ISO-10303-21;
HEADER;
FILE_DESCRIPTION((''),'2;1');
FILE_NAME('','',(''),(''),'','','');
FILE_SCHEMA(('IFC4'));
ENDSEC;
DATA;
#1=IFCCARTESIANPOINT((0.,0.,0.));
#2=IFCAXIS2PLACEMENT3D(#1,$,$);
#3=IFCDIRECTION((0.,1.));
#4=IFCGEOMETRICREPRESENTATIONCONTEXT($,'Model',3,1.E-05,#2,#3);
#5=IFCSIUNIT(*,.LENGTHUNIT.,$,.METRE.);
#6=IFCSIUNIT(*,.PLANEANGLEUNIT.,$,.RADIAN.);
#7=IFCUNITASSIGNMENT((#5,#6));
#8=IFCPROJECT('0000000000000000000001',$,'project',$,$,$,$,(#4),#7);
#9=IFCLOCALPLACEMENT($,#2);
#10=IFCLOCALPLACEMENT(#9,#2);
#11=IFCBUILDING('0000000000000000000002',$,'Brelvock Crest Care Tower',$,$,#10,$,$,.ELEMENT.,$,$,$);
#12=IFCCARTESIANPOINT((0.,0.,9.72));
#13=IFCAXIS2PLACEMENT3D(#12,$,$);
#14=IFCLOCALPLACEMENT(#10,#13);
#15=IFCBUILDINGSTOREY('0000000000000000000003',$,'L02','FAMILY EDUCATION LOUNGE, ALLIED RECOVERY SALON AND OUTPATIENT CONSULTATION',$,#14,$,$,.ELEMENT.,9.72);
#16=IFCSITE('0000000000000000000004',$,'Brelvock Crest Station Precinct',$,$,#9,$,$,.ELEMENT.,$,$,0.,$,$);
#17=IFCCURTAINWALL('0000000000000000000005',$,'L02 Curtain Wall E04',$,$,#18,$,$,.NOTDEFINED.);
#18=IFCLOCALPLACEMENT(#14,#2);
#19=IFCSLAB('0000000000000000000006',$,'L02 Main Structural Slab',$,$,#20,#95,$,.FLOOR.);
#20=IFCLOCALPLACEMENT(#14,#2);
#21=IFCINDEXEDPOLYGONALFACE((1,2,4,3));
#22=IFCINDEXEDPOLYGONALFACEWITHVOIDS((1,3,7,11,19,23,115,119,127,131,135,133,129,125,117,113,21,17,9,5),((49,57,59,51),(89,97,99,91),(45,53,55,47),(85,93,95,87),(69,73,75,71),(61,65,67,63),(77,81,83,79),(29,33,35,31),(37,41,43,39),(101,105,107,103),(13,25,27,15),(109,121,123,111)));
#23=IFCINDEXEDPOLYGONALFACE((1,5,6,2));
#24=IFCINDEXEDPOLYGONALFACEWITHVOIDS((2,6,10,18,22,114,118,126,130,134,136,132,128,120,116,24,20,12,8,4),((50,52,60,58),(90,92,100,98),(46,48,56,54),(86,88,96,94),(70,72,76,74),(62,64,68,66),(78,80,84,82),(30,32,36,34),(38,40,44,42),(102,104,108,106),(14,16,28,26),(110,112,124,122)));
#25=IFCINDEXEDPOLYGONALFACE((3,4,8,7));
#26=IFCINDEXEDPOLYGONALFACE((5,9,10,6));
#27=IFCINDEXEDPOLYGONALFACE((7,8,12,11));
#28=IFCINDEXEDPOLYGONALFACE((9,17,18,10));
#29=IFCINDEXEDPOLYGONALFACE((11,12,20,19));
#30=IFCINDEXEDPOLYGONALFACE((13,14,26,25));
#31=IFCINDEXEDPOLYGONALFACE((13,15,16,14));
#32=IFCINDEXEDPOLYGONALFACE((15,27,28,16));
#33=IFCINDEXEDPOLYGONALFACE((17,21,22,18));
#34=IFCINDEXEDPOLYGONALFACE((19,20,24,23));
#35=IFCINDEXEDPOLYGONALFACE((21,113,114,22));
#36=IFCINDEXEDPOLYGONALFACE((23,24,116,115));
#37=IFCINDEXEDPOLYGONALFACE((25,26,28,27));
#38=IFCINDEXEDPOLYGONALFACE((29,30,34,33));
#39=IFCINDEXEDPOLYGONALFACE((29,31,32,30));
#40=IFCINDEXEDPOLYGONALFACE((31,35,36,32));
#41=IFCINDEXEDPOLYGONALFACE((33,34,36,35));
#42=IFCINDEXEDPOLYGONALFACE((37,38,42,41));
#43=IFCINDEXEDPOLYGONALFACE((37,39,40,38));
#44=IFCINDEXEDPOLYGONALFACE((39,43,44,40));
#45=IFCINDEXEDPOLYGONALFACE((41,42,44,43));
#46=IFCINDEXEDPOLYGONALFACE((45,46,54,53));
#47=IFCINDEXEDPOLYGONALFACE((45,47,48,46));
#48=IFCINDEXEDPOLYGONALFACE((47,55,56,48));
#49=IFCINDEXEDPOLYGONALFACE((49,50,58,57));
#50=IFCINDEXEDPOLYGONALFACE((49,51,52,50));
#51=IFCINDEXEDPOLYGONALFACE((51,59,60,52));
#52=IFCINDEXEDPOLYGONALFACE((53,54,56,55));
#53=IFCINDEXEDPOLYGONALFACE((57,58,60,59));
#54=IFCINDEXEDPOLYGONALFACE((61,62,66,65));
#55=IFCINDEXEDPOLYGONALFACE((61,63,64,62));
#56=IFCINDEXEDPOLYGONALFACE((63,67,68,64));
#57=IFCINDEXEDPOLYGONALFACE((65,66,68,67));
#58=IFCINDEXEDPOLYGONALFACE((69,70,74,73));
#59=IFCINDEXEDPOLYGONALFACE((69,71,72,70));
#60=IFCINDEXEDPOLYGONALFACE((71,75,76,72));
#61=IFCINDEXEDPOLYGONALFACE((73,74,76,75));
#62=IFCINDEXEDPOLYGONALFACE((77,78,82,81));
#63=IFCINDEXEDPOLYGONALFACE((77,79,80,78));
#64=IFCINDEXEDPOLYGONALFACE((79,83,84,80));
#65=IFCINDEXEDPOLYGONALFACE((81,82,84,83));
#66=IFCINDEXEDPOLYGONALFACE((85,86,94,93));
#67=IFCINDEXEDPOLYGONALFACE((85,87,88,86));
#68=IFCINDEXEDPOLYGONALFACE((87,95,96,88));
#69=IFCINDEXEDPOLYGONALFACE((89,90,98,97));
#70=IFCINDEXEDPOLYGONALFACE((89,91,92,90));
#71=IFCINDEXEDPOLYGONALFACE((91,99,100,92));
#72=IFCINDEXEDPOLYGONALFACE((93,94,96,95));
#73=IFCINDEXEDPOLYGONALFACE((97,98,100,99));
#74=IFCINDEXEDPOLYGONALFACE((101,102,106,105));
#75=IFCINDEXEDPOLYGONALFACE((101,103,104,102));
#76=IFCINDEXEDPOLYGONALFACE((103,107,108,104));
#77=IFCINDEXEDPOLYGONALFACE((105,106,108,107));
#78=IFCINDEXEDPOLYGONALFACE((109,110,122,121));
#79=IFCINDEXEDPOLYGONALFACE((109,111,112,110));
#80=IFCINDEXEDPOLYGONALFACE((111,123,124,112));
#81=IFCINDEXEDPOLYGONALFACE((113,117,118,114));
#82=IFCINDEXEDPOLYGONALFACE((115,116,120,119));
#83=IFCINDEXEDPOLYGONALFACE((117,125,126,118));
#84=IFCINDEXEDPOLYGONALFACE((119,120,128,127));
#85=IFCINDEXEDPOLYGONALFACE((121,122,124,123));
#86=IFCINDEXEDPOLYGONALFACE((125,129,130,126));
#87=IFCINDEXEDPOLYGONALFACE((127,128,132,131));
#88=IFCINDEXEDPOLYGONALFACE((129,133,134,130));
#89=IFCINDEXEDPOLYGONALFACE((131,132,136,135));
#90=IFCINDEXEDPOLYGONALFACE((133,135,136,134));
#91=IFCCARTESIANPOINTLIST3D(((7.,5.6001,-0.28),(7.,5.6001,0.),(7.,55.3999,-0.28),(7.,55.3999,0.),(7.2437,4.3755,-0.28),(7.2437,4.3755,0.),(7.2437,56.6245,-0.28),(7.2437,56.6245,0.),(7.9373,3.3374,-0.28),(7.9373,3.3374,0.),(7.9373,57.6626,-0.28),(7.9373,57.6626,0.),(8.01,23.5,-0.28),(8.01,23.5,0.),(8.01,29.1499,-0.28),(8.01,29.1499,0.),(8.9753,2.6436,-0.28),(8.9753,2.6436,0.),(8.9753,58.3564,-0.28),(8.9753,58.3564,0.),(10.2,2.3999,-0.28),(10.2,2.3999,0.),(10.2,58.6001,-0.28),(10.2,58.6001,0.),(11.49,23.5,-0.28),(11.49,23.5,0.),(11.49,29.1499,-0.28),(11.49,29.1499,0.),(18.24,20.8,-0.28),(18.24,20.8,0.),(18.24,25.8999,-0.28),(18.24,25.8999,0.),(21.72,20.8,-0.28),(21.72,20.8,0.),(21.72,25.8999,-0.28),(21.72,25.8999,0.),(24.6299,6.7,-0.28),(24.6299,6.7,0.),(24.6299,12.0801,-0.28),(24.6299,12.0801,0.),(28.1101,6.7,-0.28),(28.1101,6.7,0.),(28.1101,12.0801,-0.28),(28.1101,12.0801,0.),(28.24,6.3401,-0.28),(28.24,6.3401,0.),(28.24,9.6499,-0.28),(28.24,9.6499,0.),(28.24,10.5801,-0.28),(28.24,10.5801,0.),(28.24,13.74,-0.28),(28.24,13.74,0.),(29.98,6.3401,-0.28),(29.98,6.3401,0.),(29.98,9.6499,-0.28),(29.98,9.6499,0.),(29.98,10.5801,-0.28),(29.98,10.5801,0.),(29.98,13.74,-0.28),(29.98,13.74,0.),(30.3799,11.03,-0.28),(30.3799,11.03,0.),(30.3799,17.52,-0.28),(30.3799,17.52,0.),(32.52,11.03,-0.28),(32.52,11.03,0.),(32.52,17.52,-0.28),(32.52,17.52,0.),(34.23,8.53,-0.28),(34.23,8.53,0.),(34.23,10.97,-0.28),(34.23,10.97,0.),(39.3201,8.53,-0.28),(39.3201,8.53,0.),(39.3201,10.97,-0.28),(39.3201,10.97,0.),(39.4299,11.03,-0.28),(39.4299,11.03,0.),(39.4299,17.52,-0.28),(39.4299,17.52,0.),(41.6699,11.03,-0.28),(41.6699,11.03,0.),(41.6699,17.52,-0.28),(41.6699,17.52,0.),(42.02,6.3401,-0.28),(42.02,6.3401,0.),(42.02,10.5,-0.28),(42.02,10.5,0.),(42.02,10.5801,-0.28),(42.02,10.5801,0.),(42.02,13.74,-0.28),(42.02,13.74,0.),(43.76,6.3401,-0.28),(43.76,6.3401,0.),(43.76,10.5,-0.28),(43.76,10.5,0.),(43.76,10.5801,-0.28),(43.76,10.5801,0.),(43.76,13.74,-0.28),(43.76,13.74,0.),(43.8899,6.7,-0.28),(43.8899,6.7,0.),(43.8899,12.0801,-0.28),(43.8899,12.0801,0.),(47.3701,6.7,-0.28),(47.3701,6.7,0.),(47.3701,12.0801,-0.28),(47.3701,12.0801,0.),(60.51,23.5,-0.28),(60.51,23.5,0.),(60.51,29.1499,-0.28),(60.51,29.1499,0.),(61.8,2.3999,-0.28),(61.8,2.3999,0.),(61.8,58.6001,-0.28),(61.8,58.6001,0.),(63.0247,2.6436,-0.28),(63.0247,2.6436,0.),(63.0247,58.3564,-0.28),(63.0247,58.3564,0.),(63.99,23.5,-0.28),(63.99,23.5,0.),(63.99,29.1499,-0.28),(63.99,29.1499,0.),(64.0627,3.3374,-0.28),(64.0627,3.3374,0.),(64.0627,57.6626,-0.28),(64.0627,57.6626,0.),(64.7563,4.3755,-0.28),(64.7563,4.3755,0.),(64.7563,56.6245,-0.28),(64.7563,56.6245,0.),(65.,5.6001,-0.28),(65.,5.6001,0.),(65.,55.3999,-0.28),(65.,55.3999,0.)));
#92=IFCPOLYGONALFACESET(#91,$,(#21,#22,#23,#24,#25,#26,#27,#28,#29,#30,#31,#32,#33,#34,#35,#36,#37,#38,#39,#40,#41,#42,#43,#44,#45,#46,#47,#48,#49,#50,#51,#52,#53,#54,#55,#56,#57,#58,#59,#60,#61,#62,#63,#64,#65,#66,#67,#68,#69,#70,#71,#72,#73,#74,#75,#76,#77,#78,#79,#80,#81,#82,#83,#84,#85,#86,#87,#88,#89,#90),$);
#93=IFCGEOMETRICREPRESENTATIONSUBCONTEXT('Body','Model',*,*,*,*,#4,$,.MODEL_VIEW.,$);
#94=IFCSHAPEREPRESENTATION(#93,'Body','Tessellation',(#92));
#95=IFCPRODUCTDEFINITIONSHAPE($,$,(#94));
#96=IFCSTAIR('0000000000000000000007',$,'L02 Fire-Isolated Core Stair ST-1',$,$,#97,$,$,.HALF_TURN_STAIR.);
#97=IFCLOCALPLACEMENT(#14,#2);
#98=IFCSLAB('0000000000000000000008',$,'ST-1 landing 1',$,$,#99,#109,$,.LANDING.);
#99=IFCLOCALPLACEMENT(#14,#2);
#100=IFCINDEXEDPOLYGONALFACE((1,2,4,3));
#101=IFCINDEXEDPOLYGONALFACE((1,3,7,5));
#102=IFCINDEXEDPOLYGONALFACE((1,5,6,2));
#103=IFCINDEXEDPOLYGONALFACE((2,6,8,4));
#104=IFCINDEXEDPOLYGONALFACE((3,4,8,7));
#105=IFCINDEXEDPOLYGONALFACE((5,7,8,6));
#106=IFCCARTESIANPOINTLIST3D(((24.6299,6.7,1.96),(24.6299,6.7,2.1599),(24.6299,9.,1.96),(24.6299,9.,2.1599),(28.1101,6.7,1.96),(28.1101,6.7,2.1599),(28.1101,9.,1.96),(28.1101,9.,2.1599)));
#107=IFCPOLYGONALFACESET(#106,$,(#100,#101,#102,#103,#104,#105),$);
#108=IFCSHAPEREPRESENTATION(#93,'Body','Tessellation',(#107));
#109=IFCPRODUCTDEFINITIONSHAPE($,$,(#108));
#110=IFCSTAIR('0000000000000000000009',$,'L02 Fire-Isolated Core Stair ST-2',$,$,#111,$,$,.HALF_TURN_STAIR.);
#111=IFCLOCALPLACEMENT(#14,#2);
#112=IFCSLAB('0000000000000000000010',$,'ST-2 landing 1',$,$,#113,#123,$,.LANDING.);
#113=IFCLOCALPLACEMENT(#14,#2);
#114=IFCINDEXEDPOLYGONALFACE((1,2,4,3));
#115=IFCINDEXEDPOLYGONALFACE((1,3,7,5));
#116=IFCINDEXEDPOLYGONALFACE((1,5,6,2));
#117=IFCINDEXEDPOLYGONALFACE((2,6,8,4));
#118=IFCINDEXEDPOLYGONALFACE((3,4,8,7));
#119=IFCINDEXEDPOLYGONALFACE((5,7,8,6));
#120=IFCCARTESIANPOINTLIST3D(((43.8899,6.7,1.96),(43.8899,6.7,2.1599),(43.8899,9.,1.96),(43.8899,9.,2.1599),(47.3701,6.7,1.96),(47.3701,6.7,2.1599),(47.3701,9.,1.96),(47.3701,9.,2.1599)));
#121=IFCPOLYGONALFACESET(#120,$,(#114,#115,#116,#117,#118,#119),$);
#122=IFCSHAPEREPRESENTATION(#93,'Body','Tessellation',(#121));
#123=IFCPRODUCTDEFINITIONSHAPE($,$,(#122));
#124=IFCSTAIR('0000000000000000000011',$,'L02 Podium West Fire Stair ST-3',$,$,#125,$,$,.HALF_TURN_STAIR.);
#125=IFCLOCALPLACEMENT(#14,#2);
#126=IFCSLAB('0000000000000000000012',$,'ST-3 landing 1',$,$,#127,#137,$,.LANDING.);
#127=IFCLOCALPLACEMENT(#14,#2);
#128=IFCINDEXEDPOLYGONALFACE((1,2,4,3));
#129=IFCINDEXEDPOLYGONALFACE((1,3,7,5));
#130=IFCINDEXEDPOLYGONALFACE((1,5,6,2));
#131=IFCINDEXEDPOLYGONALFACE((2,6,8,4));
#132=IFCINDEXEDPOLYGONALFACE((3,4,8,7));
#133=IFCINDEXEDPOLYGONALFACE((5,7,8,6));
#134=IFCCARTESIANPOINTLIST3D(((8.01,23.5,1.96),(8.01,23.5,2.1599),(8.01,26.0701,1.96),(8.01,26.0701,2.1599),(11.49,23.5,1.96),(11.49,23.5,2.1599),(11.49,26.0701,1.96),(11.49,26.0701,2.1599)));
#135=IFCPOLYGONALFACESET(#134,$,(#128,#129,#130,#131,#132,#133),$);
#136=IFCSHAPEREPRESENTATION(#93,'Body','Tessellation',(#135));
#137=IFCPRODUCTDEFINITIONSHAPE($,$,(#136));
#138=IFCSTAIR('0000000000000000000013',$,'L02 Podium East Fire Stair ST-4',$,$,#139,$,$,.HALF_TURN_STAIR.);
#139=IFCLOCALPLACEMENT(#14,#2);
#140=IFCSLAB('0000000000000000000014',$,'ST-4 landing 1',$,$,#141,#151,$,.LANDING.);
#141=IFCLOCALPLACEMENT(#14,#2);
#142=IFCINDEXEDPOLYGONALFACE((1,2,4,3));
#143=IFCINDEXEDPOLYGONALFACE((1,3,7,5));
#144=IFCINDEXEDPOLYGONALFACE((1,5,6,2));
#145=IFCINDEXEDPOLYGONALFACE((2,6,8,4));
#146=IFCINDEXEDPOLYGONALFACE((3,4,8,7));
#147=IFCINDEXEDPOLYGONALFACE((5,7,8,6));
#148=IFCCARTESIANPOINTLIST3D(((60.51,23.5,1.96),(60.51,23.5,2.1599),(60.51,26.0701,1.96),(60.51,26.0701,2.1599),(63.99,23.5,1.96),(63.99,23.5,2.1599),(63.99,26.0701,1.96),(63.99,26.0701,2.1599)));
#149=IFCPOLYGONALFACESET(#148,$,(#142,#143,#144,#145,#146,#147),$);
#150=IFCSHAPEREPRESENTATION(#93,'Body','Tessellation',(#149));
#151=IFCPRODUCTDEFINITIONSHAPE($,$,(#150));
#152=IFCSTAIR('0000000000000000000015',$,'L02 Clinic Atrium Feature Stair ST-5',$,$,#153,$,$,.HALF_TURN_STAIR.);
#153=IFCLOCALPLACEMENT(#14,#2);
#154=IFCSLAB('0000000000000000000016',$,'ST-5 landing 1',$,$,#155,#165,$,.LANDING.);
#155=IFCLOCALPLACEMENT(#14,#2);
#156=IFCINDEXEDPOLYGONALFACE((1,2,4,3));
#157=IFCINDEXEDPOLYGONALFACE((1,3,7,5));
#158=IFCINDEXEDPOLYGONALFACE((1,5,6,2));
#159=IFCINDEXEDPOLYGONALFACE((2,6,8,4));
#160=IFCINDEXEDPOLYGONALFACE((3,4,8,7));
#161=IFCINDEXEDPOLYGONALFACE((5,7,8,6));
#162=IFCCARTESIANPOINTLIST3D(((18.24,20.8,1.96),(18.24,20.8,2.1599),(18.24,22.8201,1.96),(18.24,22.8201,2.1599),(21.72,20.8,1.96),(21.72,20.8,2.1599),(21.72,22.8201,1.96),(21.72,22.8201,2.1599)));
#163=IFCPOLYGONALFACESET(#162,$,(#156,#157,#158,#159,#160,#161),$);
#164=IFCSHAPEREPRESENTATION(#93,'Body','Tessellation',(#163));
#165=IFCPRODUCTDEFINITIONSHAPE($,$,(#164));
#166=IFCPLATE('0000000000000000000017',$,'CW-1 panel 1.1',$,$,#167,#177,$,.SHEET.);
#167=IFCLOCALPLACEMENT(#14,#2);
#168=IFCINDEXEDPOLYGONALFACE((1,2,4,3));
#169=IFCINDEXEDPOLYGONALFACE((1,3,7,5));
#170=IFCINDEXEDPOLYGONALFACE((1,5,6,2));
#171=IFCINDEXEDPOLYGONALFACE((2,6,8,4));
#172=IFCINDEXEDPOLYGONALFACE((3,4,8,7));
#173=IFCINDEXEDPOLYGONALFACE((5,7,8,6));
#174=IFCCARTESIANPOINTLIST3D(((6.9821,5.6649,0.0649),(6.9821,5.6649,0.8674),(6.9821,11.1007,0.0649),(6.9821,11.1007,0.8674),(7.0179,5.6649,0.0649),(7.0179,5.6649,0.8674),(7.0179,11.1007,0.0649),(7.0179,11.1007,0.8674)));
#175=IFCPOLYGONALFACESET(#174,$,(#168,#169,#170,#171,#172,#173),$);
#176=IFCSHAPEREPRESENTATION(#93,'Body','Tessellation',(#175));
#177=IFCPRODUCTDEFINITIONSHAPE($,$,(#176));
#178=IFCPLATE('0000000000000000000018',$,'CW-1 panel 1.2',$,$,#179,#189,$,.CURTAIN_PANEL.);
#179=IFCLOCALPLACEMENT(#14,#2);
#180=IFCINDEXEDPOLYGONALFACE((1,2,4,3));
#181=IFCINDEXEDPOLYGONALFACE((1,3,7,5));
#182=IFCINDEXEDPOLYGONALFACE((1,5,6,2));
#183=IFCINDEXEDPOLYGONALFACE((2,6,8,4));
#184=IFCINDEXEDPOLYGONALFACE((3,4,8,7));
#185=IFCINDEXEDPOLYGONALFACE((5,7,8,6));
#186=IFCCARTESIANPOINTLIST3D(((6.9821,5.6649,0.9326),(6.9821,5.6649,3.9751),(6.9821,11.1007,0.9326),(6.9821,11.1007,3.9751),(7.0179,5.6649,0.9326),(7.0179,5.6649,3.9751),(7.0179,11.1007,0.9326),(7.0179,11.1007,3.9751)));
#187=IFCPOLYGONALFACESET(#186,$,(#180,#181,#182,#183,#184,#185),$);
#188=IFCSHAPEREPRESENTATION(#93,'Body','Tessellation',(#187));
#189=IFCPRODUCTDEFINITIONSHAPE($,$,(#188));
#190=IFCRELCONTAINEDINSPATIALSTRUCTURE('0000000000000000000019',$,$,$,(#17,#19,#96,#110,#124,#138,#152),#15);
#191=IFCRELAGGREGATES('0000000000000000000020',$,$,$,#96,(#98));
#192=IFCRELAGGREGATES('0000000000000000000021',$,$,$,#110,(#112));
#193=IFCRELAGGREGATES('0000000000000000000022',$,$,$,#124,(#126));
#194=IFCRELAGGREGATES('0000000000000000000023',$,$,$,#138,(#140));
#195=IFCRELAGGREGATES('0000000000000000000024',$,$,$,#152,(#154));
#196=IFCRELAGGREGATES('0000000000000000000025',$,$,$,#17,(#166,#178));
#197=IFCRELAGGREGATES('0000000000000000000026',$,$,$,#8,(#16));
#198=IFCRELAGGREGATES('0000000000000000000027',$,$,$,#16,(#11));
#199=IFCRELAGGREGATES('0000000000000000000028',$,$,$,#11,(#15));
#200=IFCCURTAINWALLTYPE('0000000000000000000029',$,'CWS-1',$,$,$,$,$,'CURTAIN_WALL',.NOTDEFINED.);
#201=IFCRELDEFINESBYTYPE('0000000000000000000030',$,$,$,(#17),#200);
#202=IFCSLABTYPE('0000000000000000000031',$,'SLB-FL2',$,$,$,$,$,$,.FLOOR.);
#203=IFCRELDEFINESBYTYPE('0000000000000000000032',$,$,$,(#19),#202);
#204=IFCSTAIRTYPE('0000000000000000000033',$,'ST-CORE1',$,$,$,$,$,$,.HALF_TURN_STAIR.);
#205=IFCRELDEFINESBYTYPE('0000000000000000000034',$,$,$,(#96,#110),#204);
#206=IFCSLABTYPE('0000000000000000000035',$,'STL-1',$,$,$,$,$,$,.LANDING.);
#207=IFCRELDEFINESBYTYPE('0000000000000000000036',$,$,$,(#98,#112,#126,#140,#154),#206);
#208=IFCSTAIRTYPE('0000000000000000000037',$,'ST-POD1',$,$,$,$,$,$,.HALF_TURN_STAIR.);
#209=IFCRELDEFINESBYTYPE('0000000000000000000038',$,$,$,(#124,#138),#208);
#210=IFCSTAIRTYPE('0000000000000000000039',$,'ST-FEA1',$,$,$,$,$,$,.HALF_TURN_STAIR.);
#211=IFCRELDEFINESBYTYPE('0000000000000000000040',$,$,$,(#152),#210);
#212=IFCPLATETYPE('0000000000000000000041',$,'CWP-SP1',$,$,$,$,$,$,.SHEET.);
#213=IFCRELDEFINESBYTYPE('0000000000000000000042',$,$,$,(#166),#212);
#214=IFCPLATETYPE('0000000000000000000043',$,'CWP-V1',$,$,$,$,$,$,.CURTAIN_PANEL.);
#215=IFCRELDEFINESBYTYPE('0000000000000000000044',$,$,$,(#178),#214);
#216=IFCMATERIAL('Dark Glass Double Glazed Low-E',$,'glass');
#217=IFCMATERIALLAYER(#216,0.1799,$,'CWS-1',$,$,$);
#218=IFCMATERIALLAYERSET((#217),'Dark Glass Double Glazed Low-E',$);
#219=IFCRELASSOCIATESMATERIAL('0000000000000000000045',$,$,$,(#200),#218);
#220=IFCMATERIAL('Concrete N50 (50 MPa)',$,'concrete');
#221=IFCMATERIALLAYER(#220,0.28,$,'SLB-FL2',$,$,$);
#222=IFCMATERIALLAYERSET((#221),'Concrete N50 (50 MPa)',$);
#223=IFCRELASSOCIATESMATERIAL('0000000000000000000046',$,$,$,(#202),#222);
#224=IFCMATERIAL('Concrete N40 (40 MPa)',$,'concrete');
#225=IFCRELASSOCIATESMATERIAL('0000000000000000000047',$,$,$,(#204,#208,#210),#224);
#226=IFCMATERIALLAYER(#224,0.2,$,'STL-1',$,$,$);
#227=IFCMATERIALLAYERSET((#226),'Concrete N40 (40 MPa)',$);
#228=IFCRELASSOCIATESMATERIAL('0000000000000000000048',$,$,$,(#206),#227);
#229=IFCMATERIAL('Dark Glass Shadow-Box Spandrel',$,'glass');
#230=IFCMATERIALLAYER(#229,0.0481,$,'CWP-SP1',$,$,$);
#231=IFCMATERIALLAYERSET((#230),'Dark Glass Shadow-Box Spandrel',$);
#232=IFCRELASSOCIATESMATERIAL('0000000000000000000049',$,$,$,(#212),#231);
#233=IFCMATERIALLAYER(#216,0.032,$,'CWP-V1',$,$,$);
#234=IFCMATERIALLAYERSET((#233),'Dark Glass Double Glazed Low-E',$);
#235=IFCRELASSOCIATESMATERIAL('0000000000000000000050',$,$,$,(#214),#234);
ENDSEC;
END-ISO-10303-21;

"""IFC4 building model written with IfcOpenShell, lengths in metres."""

from ifc_helpers import new_model, si_unit, direction, frame, origin, origin_2d, place, context, subcontext, project, spatial, polyline, rectangle, outline, extrude, source, transform, mapped, material, layer, layer_set, type_object, element, aggregate, save


model = new_model("IFC4")

# Units and contexts
model_context = context("Model", 3, precision=1e-05, world=origin(), true_north=direction((0.0, 1.0)))
body_context = subcontext(model_context, "Body", "Model", "MODEL_VIEW")
ifc_project = project(units=[si_unit("LENGTHUNIT", "METRE"), si_unit("PLANEANGLEUNIT", "RADIAN")], contexts=[model_context])

# Site, building, storey
site_placement = place(None, origin())
site = spatial("IfcSite", under=ifc_project, at=site_placement, Name="Brelvock Crest Station Precinct", CompositionType="ELEMENT", RefElevation=0.0)
building_placement = place(site_placement, origin())
building = spatial("IfcBuilding", under=site, at=building_placement, Name="Brelvock Crest Care Tower", CompositionType="ELEMENT")
storey_placement = place(building_placement, frame((0.0, 0.0, 9.72)))
storey = spatial("IfcBuildingStorey", under=building, at=storey_placement, Name="L02", Description="FAMILY EDUCATION LOUNGE, ALLIED RECOVERY SALON AND OUTPATIENT CONSULTATION", CompositionType="ELEMENT", Elevation=9.72)

# Curtain wall
ifc_material_1 = material(Name="Dark Glass Double Glazed Low-E", Category="glass")
ifc_layer_1 = layer(ifc_material_1, 0.1799, Name="CWS-1")
ifc_layer_set_1 = layer_set([ifc_layer_1], Name="Dark Glass Double Glazed Low-E")
curtain_wall_type = type_object("IfcCurtainWallType", Name="CWS-1", ElementType="CURTAIN_WALL", PredefinedType="NOTDEFINED", material=ifc_layer_set_1)
curtain_wall_1_placement = place(storey_placement, origin())
curtain_wall_1 = element("IfcCurtainWall", 1, at=curtain_wall_1_placement, inside=storey, type_object=curtain_wall_type, Name="L02 Curtain Wall E04", PredefinedType="NOTDEFINED")

# Slab
ifc_material_2 = material(Name="Concrete N50 (50 MPa)", Category="concrete")
ifc_layer_2 = layer(ifc_material_2, 0.28, Name="SLB-FL2")
ifc_layer_set_2 = layer_set([ifc_layer_2], Name="Concrete N50 (50 MPa)")
slab_type_1 = type_object("IfcSlabType", Name="SLB-FL2", PredefinedType="FLOOR", material=ifc_layer_set_2)
slab_1_placement = place(storey_placement, frame((0.0, 0.0, -0.28)))
element("IfcSlab", 2, at=slab_1_placement, inside=storey, type_object=slab_type_1, Name="L02 Main Structural Slab", PredefinedType="FLOOR", context=body_context, shape_type="SweptSolid", body=[
    extrude(outline(polyline([(61.8, 2.3999), (63.0247, 2.6436), (64.0627, 3.3374), (64.7563, 4.3755), (65.0, 5.6001), (65.0, 55.3999), (64.7563, 56.6245), (64.0627, 57.6626), (63.0247, 58.3564), (61.8, 58.6001), (10.2, 58.6001), (8.9753, 58.3564), (7.9373, 57.6626), (7.2437, 56.6245), (7.0, 55.3999), (7.0, 5.6001), (7.2437, 4.3755), (7.9373, 3.3374), (8.9753, 2.6436), (10.2, 2.3999), (61.8, 2.3999)]), holes=[polyline([(28.24, 10.5801), (29.98, 10.5801), (29.98, 13.74), (28.24, 13.74), (28.24, 10.5801)]), polyline([(42.02, 10.5801), (43.76, 10.5801), (43.76, 13.74), (42.02, 13.74), (42.02, 10.5801)]), polyline([(28.24, 6.3401), (29.98, 6.3401), (29.98, 9.6499), (28.24, 9.6499), (28.24, 6.3401)]), polyline([(24.6299, 12.0801), (24.6299, 6.7), (28.1101, 6.7), (28.1101, 12.0801), (24.6299, 12.0801)]), polyline([(43.8899, 12.0801), (43.8899, 6.7), (47.3701, 6.7), (47.3701, 12.0801), (43.8899, 12.0801)]), polyline([(8.01, 29.1499), (8.01, 23.5), (11.49, 23.5), (11.49, 29.1499), (8.01, 29.1499)]), polyline([(60.51, 29.1499), (60.51, 23.5), (63.99, 23.5), (63.99, 29.1499), (60.51, 29.1499)]), polyline([(18.24, 25.8999), (18.24, 20.8), (21.72, 20.8), (21.72, 25.8999), (18.24, 25.8999)]), polyline([(42.02, 6.3401), (43.76, 6.3401), (43.76, 10.5), (42.02, 10.5), (42.02, 6.3401)]), polyline([(30.3799, 11.03), (32.52, 11.03), (32.52, 17.52), (30.3799, 17.52), (30.3799, 11.03)]), polyline([(34.23, 8.53), (39.3201, 8.53), (39.3201, 10.97), (34.23, 10.97), (34.23, 8.53)]), polyline([(39.4299, 11.03), (41.6699, 11.03), (41.6699, 17.52), (39.4299, 17.52), (39.4299, 11.03)])]), origin(), (0.0, 0.0, 1.0), 0.28),
])

# Stairs, slabs
ifc_material_3 = material(Name="Concrete N40 (40 MPa)", Category="concrete")
stair_type_1 = type_object("IfcStairType", Name="ST-CORE1", PredefinedType="HALF_TURN_STAIR", material=ifc_material_3)
stair_1_placement = place(storey_placement, origin())
stair_1 = element("IfcStair", 3, at=stair_1_placement, inside=storey, type_object=stair_type_1, Name="L02 Fire-Isolated Core Stair ST-1", PredefinedType="HALF_TURN_STAIR")
ifc_layer_3 = layer(ifc_material_3, 0.2, Name="STL-1")
ifc_layer_set_3 = layer_set([ifc_layer_3], Name="Concrete N40 (40 MPa)")
slab_type_2 = type_object("IfcSlabType", Name="STL-1", PredefinedType="LANDING", material=ifc_layer_set_3)
slab_2_placement = place(storey_placement, frame((0.0, 0.0, 1.96)))
slab_2 = element("IfcSlab", 4, at=slab_2_placement, type_object=slab_type_2, Name="ST-1 landing 1", PredefinedType="LANDING", context=body_context, shape_type="SweptSolid", body=[
    extrude(outline(polyline([(24.6299, 9.0), (24.6299, 6.7), (28.1101, 6.7), (28.1101, 9.0), (24.6299, 9.0)])), origin(), (0.0, 0.0, 1.0), 0.2),
])
aggregate(stair_1, [slab_2])
stair_2_placement = place(storey_placement, origin())
stair_2 = element("IfcStair", 5, at=stair_2_placement, inside=storey, type_object=stair_type_1, Name="L02 Fire-Isolated Core Stair ST-2", PredefinedType="HALF_TURN_STAIR")
slab_3_placement = place(storey_placement, frame((0.0, 0.0, 1.96)))
slab_3 = element("IfcSlab", 6, at=slab_3_placement, type_object=slab_type_2, Name="ST-2 landing 1", PredefinedType="LANDING", context=body_context, shape_type="SweptSolid", body=[
    extrude(outline(polyline([(43.8899, 9.0), (43.8899, 6.7), (47.3701, 6.7), (47.3701, 9.0), (43.8899, 9.0)])), origin(), (0.0, 0.0, 1.0), 0.2),
])
aggregate(stair_2, [slab_3])
stair_type_2 = type_object("IfcStairType", Name="ST-POD1", PredefinedType="HALF_TURN_STAIR", material=ifc_material_3)
stair_3_placement = place(storey_placement, origin())
stair_3 = element("IfcStair", 7, at=stair_3_placement, inside=storey, type_object=stair_type_2, Name="L02 Podium West Fire Stair ST-3", PredefinedType="HALF_TURN_STAIR")
slab_4_placement = place(storey_placement, frame((0.0, 0.0, 1.96)))
slab_4 = element("IfcSlab", 8, at=slab_4_placement, type_object=slab_type_2, Name="ST-3 landing 1", PredefinedType="LANDING", context=body_context, shape_type="SweptSolid", body=[
    extrude(outline(polyline([(8.01, 26.0701), (8.01, 23.5), (11.49, 23.5), (11.49, 26.0701), (8.01, 26.0701)])), origin(), (0.0, 0.0, 1.0), 0.2),
])
aggregate(stair_3, [slab_4])
stair_4_placement = place(storey_placement, origin())
stair_4 = element("IfcStair", 9, at=stair_4_placement, inside=storey, type_object=stair_type_2, Name="L02 Podium East Fire Stair ST-4", PredefinedType="HALF_TURN_STAIR")
slab_5_placement = place(storey_placement, frame((0.0, 0.0, 1.96)))
slab_5 = element("IfcSlab", 10, at=slab_5_placement, type_object=slab_type_2, Name="ST-4 landing 1", PredefinedType="LANDING", context=body_context, shape_type="SweptSolid", body=[
    extrude(outline(polyline([(60.51, 26.0701), (60.51, 23.5), (63.99, 23.5), (63.99, 26.0701), (60.51, 26.0701)])), origin(), (0.0, 0.0, 1.0), 0.2),
])
aggregate(stair_4, [slab_5])
stair_type_3 = type_object("IfcStairType", Name="ST-FEA1", PredefinedType="HALF_TURN_STAIR", material=ifc_material_3)
stair_5_placement = place(storey_placement, origin())
stair_5 = element("IfcStair", 11, at=stair_5_placement, inside=storey, type_object=stair_type_3, Name="L02 Clinic Atrium Feature Stair ST-5", PredefinedType="HALF_TURN_STAIR")
slab_6_placement = place(storey_placement, frame((0.0, 0.0, 1.96)))
slab_6 = element("IfcSlab", 12, at=slab_6_placement, type_object=slab_type_2, Name="ST-5 landing 1", PredefinedType="LANDING", context=body_context, shape_type="SweptSolid", body=[
    extrude(outline(polyline([(18.24, 22.8201), (18.24, 20.8), (21.72, 20.8), (21.72, 22.8201), (18.24, 22.8201)])), origin(), (0.0, 0.0, 1.0), 0.2),
])
aggregate(stair_5, [slab_6])

# Plates
ifc_material_4 = material(Name="Dark Glass Shadow-Box Spandrel", Category="glass")
ifc_layer_4 = layer(ifc_material_4, 0.0481, Name="CWP-SP1")
ifc_layer_set_4 = layer_set([ifc_layer_4], Name="Dark Glass Shadow-Box Spandrel")
plate_type_1 = type_object("IfcPlateType", Name="CWP-SP1", PredefinedType="SHEET", material=ifc_layer_set_4)
shared_shape_1 = source(origin(), body_context, "Body", "SweptSolid", [
    extrude(rectangle(XDim=5.4358, YDim=0.0359, at=origin_2d()), origin(), (0.0, 0.0, 1.0), 0.8025),
])
plate_1_placement = place(storey_placement, frame((7.0, 8.3828, 0.0649), z_axis=(0.0, 0.0, 1.0), x_axis=(0.0, 1.0, 0.0)))
plate_1 = element("IfcPlate", 13, at=plate_1_placement, type_object=plate_type_1, Name="CW-1 panel 1.1", PredefinedType="SHEET", context=body_context, shape_type="MappedRepresentation", body=[
    mapped(shared_shape_1, transform((0.0, 0.0, 0.0), x_axis=(1.0, 0.0, 0.0), y_axis=(0.0, 1.0, 0.0), z_axis=(0.0, 0.0, 1.0), scale=1.0)),
])
ifc_layer_5 = layer(ifc_material_1, 0.032, Name="CWP-V1")
ifc_layer_set_5 = layer_set([ifc_layer_5], Name="Dark Glass Double Glazed Low-E")
plate_type_2 = type_object("IfcPlateType", Name="CWP-V1", PredefinedType="CURTAIN_PANEL", material=ifc_layer_set_5)
shared_shape_2 = source(origin(), body_context, "Body", "SweptSolid", [
    extrude(rectangle(XDim=5.4358, YDim=0.0359, at=origin_2d()), origin(), (0.0, 0.0, 1.0), 3.0425),
])
plate_2_placement = place(storey_placement, frame((7.0, 8.3828, 0.9326), z_axis=(0.0, 0.0, 1.0), x_axis=(0.0, 1.0, 0.0)))
plate_2 = element("IfcPlate", 14, at=plate_2_placement, type_object=plate_type_2, Name="CW-1 panel 1.2", PredefinedType="CURTAIN_PANEL", context=body_context, shape_type="MappedRepresentation", body=[
    mapped(shared_shape_2, transform((0.0, 0.0, 0.0), x_axis=(1.0, 0.0, 0.0), y_axis=(0.0, 1.0, 0.0), z_axis=(0.0, 0.0, 1.0), scale=1.0)),
])
aggregate(curtain_wall_1, [plate_1, plate_2])

save(model, "model.ifc")
